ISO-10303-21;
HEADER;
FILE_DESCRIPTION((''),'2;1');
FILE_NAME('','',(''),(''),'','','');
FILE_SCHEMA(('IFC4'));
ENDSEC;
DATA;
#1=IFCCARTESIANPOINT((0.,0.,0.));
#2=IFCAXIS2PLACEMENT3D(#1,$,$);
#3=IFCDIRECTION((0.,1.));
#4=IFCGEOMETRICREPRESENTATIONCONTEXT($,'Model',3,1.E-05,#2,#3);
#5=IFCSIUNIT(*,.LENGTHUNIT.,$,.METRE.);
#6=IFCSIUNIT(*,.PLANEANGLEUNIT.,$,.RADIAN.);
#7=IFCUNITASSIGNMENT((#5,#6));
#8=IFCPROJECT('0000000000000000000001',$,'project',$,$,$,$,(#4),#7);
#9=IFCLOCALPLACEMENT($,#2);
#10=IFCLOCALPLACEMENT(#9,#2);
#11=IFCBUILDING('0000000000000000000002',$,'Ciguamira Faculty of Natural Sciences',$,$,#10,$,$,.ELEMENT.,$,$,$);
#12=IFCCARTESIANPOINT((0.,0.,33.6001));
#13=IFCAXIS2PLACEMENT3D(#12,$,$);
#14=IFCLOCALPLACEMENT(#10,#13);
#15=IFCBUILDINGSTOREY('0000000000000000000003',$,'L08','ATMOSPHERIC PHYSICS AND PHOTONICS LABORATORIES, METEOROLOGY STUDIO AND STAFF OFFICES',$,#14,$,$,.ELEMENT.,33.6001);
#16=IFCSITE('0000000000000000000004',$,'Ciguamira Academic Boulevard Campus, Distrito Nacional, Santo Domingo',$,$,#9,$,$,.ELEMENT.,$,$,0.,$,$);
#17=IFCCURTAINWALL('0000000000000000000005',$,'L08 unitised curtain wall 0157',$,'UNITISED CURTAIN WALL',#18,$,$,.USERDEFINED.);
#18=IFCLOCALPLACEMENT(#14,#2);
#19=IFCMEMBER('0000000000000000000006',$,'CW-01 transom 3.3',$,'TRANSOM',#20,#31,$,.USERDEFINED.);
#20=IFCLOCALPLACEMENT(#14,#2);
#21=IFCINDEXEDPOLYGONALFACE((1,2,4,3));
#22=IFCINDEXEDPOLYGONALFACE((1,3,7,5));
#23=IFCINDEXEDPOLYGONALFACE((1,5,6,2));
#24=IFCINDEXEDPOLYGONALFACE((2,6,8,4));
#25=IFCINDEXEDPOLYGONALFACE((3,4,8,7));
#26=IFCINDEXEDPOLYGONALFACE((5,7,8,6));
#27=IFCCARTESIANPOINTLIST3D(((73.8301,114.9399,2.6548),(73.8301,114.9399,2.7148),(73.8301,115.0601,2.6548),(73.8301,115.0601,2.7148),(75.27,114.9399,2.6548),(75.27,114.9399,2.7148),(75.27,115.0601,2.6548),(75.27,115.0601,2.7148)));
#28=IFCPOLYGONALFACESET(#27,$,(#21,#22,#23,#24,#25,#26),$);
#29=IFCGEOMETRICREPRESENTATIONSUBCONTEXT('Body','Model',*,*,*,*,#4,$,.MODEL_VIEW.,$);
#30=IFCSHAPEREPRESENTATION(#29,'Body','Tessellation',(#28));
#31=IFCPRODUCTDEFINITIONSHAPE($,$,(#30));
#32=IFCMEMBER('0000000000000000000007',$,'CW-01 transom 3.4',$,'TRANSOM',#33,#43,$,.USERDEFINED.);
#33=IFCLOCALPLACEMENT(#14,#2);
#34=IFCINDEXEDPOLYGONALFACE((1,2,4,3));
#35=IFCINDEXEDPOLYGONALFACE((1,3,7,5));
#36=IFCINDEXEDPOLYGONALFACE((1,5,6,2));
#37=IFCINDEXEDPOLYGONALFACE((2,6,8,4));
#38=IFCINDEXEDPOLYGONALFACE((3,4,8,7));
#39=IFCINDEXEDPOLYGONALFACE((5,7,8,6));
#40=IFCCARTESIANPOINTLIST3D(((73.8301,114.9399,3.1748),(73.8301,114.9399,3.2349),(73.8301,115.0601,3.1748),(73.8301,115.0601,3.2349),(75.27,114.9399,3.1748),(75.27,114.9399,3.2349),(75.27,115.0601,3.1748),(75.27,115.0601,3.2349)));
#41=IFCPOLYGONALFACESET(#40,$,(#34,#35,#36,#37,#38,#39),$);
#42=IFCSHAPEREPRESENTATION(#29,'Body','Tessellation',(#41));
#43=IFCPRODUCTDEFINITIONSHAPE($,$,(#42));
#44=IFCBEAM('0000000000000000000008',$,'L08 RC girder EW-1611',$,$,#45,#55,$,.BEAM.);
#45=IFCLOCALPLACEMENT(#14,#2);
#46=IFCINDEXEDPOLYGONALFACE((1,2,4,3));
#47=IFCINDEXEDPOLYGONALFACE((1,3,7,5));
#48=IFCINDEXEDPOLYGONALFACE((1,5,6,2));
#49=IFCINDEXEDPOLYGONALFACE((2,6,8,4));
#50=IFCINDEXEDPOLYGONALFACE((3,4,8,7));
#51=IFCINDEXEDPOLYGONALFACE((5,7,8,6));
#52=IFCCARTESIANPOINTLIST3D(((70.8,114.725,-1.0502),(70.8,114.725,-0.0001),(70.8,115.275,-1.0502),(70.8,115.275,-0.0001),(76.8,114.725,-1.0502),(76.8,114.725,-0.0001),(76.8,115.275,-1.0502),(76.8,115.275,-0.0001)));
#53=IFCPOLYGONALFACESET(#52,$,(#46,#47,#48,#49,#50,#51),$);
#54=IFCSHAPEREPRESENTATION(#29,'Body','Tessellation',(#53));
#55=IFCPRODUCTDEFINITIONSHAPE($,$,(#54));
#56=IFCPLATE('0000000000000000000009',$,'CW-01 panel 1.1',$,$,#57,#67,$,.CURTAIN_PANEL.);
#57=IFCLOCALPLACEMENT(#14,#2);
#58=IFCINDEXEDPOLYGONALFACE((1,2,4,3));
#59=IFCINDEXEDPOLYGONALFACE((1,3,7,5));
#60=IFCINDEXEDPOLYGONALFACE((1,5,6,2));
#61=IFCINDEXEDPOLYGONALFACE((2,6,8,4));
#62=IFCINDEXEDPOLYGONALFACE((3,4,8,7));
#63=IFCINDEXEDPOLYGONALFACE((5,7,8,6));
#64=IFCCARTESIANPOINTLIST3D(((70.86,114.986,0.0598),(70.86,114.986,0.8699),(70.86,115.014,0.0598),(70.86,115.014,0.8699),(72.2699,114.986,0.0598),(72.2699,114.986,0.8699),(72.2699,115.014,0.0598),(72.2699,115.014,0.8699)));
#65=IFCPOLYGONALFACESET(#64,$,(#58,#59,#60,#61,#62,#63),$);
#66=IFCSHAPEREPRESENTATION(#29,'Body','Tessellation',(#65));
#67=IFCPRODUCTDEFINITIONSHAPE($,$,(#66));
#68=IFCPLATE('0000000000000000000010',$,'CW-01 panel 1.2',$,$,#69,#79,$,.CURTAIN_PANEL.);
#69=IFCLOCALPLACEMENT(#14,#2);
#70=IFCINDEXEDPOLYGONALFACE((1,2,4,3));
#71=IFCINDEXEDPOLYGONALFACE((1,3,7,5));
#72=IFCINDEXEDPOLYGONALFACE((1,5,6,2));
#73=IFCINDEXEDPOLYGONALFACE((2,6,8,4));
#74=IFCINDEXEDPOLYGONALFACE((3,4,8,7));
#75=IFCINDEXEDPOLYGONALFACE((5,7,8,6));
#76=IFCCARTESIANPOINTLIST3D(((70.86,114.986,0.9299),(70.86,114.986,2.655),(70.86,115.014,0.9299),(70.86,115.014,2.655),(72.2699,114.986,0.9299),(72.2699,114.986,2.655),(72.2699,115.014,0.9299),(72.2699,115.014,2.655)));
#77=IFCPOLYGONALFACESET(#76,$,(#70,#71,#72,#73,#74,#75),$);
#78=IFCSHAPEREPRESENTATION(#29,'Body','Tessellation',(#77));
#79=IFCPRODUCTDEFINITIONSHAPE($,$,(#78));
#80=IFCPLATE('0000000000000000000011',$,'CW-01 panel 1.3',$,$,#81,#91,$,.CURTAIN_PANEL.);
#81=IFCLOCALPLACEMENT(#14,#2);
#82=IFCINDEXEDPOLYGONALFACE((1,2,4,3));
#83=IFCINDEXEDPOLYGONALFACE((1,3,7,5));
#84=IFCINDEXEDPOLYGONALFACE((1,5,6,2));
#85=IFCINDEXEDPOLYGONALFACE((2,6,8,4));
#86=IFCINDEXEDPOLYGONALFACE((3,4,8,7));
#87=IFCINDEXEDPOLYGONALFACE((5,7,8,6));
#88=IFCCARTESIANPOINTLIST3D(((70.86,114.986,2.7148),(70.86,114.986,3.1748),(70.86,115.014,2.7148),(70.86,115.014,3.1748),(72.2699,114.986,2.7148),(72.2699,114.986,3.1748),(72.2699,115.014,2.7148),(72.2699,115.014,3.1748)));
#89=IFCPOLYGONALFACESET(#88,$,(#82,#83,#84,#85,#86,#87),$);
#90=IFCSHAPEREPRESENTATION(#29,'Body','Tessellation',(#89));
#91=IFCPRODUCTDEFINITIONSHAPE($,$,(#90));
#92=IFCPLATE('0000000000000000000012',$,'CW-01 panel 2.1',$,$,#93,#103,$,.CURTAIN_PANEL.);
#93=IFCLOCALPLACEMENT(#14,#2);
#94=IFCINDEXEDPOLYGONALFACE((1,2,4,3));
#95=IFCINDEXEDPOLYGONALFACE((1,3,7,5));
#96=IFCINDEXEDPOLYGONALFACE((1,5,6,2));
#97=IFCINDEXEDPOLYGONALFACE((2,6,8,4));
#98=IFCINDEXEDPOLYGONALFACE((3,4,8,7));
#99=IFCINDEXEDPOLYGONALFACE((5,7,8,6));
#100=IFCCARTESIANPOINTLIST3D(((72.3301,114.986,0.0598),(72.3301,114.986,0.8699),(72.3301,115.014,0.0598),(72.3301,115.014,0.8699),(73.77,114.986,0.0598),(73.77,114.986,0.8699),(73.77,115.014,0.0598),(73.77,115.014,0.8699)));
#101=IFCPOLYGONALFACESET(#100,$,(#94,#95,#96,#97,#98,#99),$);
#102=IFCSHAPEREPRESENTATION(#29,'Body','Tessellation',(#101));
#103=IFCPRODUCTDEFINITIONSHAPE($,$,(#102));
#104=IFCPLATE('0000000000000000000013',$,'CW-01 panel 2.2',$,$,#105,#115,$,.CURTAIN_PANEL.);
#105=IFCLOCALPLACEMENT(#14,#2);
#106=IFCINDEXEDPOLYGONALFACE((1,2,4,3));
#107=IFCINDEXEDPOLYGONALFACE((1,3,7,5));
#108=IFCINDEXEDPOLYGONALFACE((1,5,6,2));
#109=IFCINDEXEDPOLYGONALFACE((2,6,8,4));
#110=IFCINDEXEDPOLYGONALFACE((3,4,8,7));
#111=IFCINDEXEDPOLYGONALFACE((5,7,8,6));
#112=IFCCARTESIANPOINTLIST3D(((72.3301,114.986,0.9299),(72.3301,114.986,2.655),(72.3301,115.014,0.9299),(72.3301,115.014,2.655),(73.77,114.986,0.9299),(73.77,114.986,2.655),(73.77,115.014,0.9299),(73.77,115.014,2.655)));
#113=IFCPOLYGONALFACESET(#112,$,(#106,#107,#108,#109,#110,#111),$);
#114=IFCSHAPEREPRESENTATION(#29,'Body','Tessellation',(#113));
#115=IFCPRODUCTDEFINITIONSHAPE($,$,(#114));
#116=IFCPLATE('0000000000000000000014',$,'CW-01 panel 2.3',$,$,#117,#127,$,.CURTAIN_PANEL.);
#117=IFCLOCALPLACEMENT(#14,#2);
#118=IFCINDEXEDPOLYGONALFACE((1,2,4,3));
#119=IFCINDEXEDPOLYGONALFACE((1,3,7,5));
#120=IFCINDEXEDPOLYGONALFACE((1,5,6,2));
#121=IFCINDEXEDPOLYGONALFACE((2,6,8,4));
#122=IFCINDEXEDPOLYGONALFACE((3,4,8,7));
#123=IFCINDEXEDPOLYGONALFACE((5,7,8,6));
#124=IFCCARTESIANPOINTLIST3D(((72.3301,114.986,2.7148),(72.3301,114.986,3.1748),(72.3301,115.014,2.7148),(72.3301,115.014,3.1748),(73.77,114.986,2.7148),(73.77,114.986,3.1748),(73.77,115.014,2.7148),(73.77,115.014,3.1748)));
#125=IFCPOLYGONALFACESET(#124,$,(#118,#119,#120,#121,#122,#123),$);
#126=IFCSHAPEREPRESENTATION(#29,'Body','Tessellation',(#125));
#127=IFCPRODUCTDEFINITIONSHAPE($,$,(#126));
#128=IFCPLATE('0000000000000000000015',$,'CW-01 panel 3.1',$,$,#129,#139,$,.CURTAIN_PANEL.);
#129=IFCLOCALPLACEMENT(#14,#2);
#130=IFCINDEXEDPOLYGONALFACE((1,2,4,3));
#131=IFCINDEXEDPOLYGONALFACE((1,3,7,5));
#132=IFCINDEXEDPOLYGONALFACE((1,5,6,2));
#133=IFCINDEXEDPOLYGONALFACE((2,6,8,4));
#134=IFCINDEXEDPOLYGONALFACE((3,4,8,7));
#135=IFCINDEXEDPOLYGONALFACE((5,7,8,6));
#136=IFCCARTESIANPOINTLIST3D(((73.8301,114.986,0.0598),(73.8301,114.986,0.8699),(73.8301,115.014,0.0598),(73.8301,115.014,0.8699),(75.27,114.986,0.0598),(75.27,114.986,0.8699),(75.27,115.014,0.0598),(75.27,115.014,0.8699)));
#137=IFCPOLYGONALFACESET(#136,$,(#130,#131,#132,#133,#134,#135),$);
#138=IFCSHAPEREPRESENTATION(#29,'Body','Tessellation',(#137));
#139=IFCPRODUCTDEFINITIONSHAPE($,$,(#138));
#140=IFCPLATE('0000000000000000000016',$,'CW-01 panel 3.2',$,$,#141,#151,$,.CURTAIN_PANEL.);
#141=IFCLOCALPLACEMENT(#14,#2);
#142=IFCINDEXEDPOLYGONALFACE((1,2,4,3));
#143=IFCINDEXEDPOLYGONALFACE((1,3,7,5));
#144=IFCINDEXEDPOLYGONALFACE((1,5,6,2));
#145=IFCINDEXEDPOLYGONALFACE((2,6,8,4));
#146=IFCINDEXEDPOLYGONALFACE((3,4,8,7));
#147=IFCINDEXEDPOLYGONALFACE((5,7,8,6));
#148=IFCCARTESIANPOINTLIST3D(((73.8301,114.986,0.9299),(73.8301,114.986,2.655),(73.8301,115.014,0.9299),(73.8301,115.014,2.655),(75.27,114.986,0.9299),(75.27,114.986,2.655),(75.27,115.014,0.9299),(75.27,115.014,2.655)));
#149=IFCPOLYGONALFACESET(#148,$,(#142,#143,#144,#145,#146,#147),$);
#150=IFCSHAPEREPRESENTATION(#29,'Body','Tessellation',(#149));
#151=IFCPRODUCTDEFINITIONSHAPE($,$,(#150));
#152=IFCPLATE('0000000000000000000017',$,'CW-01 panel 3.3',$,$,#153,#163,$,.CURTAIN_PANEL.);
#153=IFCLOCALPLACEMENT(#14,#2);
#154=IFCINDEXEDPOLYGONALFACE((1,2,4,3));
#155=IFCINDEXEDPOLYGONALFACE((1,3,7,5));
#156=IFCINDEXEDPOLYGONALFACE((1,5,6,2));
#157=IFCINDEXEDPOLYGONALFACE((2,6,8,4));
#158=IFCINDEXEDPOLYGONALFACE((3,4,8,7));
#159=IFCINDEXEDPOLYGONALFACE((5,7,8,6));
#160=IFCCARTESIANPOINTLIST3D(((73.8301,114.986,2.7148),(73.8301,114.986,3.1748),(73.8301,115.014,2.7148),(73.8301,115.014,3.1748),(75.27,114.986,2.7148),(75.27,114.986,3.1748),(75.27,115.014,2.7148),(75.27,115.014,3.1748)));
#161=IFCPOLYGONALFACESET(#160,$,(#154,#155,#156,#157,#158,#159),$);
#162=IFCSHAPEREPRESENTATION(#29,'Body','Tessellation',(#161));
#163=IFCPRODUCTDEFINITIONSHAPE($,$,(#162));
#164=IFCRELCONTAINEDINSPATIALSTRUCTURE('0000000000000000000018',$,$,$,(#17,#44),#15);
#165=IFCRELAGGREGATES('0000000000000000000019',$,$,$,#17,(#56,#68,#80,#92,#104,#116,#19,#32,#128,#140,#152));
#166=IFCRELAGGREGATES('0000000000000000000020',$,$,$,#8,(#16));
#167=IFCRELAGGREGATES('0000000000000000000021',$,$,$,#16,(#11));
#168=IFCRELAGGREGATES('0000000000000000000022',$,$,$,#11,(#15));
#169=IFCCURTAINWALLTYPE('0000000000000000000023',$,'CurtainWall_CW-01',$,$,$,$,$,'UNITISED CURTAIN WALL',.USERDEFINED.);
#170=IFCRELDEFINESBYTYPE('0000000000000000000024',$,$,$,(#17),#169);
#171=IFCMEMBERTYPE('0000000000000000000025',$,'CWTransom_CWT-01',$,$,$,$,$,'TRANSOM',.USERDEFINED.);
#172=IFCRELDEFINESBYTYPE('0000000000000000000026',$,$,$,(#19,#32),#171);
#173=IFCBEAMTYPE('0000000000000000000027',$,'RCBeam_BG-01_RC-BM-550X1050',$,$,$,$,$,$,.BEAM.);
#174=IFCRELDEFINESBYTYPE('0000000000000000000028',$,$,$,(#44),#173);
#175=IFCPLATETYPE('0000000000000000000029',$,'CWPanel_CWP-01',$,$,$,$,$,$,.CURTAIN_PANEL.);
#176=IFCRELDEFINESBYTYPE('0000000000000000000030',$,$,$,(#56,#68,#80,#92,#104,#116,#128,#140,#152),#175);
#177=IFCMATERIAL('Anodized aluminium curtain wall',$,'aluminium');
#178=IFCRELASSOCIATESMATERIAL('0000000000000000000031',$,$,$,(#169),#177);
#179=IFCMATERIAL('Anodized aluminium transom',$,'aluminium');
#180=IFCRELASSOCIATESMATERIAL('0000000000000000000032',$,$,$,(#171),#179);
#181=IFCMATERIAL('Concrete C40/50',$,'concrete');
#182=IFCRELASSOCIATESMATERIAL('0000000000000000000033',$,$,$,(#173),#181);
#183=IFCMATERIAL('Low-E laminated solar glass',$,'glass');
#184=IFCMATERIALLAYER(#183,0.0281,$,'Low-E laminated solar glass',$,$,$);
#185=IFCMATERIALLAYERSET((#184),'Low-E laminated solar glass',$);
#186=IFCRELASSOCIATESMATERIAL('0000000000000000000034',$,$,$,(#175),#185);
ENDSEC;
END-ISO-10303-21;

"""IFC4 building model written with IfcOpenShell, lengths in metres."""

from ifc_helpers import new_model, si_unit, direction, frame, origin, origin_2d, place, context, subcontext, project, spatial, rectangle, extrude, material, layer, layer_set, material_profile, profile_set, type_object, element, aggregate, save


model = new_model("IFC4")

# Units and contexts
model_context = context("Model", 3, precision=1e-05, world=origin(), true_north=direction((0.0, 1.0)))
body_context = subcontext(model_context, "Body", "Model", "MODEL_VIEW")
ifc_project = project(units=[si_unit("LENGTHUNIT", "METRE"), si_unit("PLANEANGLEUNIT", "RADIAN")], contexts=[model_context])

# Site, building, storey
site_placement = place(None, origin())
site = spatial("IfcSite", under=ifc_project, at=site_placement, Name="Ciguamira Academic Boulevard Campus, Distrito Nacional, Santo Domingo", CompositionType="ELEMENT", RefElevation=0.0)
building_placement = place(site_placement, origin())
building = spatial("IfcBuilding", under=site, at=building_placement, Name="Ciguamira Faculty of Natural Sciences", CompositionType="ELEMENT")
storey_placement = place(building_placement, frame((0.0, 0.0, 33.6001)))
storey = spatial("IfcBuildingStorey", under=building, at=storey_placement, Name="L08", Description="ATMOSPHERIC PHYSICS AND PHOTONICS LABORATORIES, METEOROLOGY STUDIO AND STAFF OFFICES", CompositionType="ELEMENT", Elevation=33.6001)

# Shared definitions
ifc_material_1 = material(Name="Concrete C40/50", Category="concrete")

# Curtain wall, members
ifc_material_2 = material(Name="Anodized aluminium curtain wall", Category="aluminium")
curtain_wall_type = type_object("IfcCurtainWallType", Name="CurtainWall_CW-01", ElementType="UNITISED CURTAIN WALL", PredefinedType="USERDEFINED", material=ifc_material_2)
curtain_wall_placement = place(storey_placement, origin())
curtain_wall = element("IfcCurtainWall", 1, at=curtain_wall_placement, inside=storey, type_object=curtain_wall_type, Name="L08 unitised curtain wall 0157", ObjectType="UNITISED CURTAIN WALL", PredefinedType="USERDEFINED")
ifc_material_3 = material(Name="Anodized aluminium transom", Category="aluminium")
ifc_material_profile_1 = material_profile(ifc_material_3, rectangle(XDim=0.0601, YDim=0.1201, at=origin_2d()), Name="ALU-TRN-60X120")
ifc_profile_set_1 = profile_set([ifc_material_profile_1], Name="Anodized aluminium transom")
member_type_1 = type_object("IfcMemberType", Name="CWTransom_CWT-01", ElementType="TRANSOM", PredefinedType="USERDEFINED", material=ifc_profile_set_1)
member_1_placement = place(storey_placement, frame((73.8301, 115.0, 2.6848), z_axis=(1.0, 0.0, 0.0), x_axis=(0.0, 0.0, 1.0)))
member_1 = element("IfcMember", 2, at=member_1_placement, type_object=member_type_1, Name="CW-01 transom 3.3", ObjectType="TRANSOM", PredefinedType="USERDEFINED", context=body_context, shape_type="SweptSolid", body=[
    extrude(rectangle(XDim=0.0601, YDim=0.1201, at=origin_2d()), origin(), (0.0, 0.0, 1.0), 1.4399),
])
member_2_placement = place(storey_placement, frame((73.8301, 115.0, 3.2048), z_axis=(1.0, 0.0, 0.0), x_axis=(0.0, 0.0, 1.0)))
member_2 = element("IfcMember", 3, at=member_2_placement, type_object=member_type_1, Name="CW-01 transom 3.4", ObjectType="TRANSOM", PredefinedType="USERDEFINED", context=body_context, shape_type="SweptSolid", body=[
    extrude(rectangle(XDim=0.0601, YDim=0.1201, at=origin_2d()), origin(), (0.0, 0.0, 1.0), 1.4399),
])

# Beam
ifc_material_profile_2 = material_profile(ifc_material_1, rectangle(XDim=0.55, YDim=1.05, at=origin_2d()), Name="RC-BM-550X1050")
ifc_profile_set_2 = profile_set([ifc_material_profile_2], Name="Concrete C40/50")
beam_type = type_object("IfcBeamType", Name="RCBeam_BG-01_RC-BM-550X1050", PredefinedType="BEAM", material=ifc_profile_set_2)
beam_placement = place(storey_placement, frame((70.8, 115.0, -0.5251), z_axis=(1.0, 0.0, 0.0), x_axis=(0.0, 1.0, 0.0)))
element("IfcBeam", 4, at=beam_placement, inside=storey, type_object=beam_type, Name="L08 RC girder EW-1611", PredefinedType="BEAM", context=body_context, shape_type="SweptSolid", body=[
    extrude(rectangle(XDim=0.55, YDim=1.05, at=origin_2d()), origin(), (0.0, 0.0, 1.0), 6.0),
])

# Plates
ifc_material_4 = material(Name="Low-E laminated solar glass", Category="glass")
ifc_layer = layer(ifc_material_4, 0.0281, Name="Low-E laminated solar glass")
ifc_layer_set = layer_set([ifc_layer], Name="Low-E laminated solar glass")
plate_type = type_object("IfcPlateType", Name="CWPanel_CWP-01", PredefinedType="CURTAIN_PANEL", material=ifc_layer_set)
plate_1_placement = place(storey_placement, frame((71.5649, 115.0, 0.0598), z_axis=(0.0, 0.0, 1.0), x_axis=(1.0, 0.0, 0.0)))
plate_1 = element("IfcPlate", 5, at=plate_1_placement, type_object=plate_type, Name="CW-01 panel 1.1", PredefinedType="CURTAIN_PANEL", context=body_context, shape_type="SweptSolid", body=[
    extrude(rectangle(XDim=1.4099, YDim=0.0281, at=origin_2d()), origin(), (0.0, 0.0, 1.0), 0.8101),
])
plate_2_placement = place(storey_placement, frame((71.5649, 115.0, 0.9299), z_axis=(0.0, 0.0, 1.0), x_axis=(1.0, 0.0, 0.0)))
plate_2 = element("IfcPlate", 6, at=plate_2_placement, type_object=plate_type, Name="CW-01 panel 1.2", PredefinedType="CURTAIN_PANEL", context=body_context, shape_type="SweptSolid", body=[
    extrude(rectangle(XDim=1.4099, YDim=0.0281, at=origin_2d()), origin(), (0.0, 0.0, 1.0), 1.7251),
])
plate_3_placement = place(storey_placement, frame((71.5649, 115.0, 2.7148), z_axis=(0.0, 0.0, 1.0), x_axis=(1.0, 0.0, 0.0)))
plate_3 = element("IfcPlate", 7, at=plate_3_placement, type_object=plate_type, Name="CW-01 panel 1.3", PredefinedType="CURTAIN_PANEL", context=body_context, shape_type="SweptSolid", body=[
    extrude(rectangle(XDim=1.4099, YDim=0.0281, at=origin_2d()), origin(), (0.0, 0.0, 1.0), 0.46),
])
plate_4_placement = place(storey_placement, frame((73.05, 115.0, 0.0598), z_axis=(0.0, 0.0, 1.0), x_axis=(1.0, 0.0, 0.0)))
plate_4 = element("IfcPlate", 8, at=plate_4_placement, type_object=plate_type, Name="CW-01 panel 2.1", PredefinedType="CURTAIN_PANEL", context=body_context, shape_type="SweptSolid", body=[
    extrude(rectangle(XDim=1.4399, YDim=0.0281, at=origin_2d()), origin(), (0.0, 0.0, 1.0), 0.8101),
])
plate_5_placement = place(storey_placement, frame((73.05, 115.0, 0.9299), z_axis=(0.0, 0.0, 1.0), x_axis=(1.0, 0.0, 0.0)))
plate_5 = element("IfcPlate", 9, at=plate_5_placement, type_object=plate_type, Name="CW-01 panel 2.2", PredefinedType="CURTAIN_PANEL", context=body_context, shape_type="SweptSolid", body=[
    extrude(rectangle(XDim=1.4399, YDim=0.0281, at=origin_2d()), origin(), (0.0, 0.0, 1.0), 1.7251),
])
plate_6_placement = place(storey_placement, frame((73.05, 115.0, 2.7148), z_axis=(0.0, 0.0, 1.0), x_axis=(1.0, 0.0, 0.0)))
plate_6 = element("IfcPlate", 10, at=plate_6_placement, type_object=plate_type, Name="CW-01 panel 2.3", PredefinedType="CURTAIN_PANEL", context=body_context, shape_type="SweptSolid", body=[
    extrude(rectangle(XDim=1.4399, YDim=0.0281, at=origin_2d()), origin(), (0.0, 0.0, 1.0), 0.46),
])
plate_7_placement = place(storey_placement, frame((74.55, 115.0, 0.0598), z_axis=(0.0, 0.0, 1.0), x_axis=(1.0, 0.0, 0.0)))
plate_7 = element("IfcPlate", 11, at=plate_7_placement, type_object=plate_type, Name="CW-01 panel 3.1", PredefinedType="CURTAIN_PANEL", context=body_context, shape_type="SweptSolid", body=[
    extrude(rectangle(XDim=1.4399, YDim=0.0281, at=origin_2d()), origin(), (0.0, 0.0, 1.0), 0.8101),
])
plate_8_placement = place(storey_placement, frame((74.55, 115.0, 0.9299), z_axis=(0.0, 0.0, 1.0), x_axis=(1.0, 0.0, 0.0)))
plate_8 = element("IfcPlate", 12, at=plate_8_placement, type_object=plate_type, Name="CW-01 panel 3.2", PredefinedType="CURTAIN_PANEL", context=body_context, shape_type="SweptSolid", body=[
    extrude(rectangle(XDim=1.4399, YDim=0.0281, at=origin_2d()), origin(), (0.0, 0.0, 1.0), 1.7251),
])
plate_9_placement = place(storey_placement, frame((74.55, 115.0, 2.7148), z_axis=(0.0, 0.0, 1.0), x_axis=(1.0, 0.0, 0.0)))
plate_9 = element("IfcPlate", 13, at=plate_9_placement, type_object=plate_type, Name="CW-01 panel 3.3", PredefinedType="CURTAIN_PANEL", context=body_context, shape_type="SweptSolid", body=[
    extrude(rectangle(XDim=1.4399, YDim=0.0281, at=origin_2d()), origin(), (0.0, 0.0, 1.0), 0.46),
])
aggregate(curtain_wall, [plate_1, plate_2, plate_3, plate_4, plate_5, plate_6, member_1, member_2, plate_7, plate_8, plate_9])

save(model, "model.ifc")
